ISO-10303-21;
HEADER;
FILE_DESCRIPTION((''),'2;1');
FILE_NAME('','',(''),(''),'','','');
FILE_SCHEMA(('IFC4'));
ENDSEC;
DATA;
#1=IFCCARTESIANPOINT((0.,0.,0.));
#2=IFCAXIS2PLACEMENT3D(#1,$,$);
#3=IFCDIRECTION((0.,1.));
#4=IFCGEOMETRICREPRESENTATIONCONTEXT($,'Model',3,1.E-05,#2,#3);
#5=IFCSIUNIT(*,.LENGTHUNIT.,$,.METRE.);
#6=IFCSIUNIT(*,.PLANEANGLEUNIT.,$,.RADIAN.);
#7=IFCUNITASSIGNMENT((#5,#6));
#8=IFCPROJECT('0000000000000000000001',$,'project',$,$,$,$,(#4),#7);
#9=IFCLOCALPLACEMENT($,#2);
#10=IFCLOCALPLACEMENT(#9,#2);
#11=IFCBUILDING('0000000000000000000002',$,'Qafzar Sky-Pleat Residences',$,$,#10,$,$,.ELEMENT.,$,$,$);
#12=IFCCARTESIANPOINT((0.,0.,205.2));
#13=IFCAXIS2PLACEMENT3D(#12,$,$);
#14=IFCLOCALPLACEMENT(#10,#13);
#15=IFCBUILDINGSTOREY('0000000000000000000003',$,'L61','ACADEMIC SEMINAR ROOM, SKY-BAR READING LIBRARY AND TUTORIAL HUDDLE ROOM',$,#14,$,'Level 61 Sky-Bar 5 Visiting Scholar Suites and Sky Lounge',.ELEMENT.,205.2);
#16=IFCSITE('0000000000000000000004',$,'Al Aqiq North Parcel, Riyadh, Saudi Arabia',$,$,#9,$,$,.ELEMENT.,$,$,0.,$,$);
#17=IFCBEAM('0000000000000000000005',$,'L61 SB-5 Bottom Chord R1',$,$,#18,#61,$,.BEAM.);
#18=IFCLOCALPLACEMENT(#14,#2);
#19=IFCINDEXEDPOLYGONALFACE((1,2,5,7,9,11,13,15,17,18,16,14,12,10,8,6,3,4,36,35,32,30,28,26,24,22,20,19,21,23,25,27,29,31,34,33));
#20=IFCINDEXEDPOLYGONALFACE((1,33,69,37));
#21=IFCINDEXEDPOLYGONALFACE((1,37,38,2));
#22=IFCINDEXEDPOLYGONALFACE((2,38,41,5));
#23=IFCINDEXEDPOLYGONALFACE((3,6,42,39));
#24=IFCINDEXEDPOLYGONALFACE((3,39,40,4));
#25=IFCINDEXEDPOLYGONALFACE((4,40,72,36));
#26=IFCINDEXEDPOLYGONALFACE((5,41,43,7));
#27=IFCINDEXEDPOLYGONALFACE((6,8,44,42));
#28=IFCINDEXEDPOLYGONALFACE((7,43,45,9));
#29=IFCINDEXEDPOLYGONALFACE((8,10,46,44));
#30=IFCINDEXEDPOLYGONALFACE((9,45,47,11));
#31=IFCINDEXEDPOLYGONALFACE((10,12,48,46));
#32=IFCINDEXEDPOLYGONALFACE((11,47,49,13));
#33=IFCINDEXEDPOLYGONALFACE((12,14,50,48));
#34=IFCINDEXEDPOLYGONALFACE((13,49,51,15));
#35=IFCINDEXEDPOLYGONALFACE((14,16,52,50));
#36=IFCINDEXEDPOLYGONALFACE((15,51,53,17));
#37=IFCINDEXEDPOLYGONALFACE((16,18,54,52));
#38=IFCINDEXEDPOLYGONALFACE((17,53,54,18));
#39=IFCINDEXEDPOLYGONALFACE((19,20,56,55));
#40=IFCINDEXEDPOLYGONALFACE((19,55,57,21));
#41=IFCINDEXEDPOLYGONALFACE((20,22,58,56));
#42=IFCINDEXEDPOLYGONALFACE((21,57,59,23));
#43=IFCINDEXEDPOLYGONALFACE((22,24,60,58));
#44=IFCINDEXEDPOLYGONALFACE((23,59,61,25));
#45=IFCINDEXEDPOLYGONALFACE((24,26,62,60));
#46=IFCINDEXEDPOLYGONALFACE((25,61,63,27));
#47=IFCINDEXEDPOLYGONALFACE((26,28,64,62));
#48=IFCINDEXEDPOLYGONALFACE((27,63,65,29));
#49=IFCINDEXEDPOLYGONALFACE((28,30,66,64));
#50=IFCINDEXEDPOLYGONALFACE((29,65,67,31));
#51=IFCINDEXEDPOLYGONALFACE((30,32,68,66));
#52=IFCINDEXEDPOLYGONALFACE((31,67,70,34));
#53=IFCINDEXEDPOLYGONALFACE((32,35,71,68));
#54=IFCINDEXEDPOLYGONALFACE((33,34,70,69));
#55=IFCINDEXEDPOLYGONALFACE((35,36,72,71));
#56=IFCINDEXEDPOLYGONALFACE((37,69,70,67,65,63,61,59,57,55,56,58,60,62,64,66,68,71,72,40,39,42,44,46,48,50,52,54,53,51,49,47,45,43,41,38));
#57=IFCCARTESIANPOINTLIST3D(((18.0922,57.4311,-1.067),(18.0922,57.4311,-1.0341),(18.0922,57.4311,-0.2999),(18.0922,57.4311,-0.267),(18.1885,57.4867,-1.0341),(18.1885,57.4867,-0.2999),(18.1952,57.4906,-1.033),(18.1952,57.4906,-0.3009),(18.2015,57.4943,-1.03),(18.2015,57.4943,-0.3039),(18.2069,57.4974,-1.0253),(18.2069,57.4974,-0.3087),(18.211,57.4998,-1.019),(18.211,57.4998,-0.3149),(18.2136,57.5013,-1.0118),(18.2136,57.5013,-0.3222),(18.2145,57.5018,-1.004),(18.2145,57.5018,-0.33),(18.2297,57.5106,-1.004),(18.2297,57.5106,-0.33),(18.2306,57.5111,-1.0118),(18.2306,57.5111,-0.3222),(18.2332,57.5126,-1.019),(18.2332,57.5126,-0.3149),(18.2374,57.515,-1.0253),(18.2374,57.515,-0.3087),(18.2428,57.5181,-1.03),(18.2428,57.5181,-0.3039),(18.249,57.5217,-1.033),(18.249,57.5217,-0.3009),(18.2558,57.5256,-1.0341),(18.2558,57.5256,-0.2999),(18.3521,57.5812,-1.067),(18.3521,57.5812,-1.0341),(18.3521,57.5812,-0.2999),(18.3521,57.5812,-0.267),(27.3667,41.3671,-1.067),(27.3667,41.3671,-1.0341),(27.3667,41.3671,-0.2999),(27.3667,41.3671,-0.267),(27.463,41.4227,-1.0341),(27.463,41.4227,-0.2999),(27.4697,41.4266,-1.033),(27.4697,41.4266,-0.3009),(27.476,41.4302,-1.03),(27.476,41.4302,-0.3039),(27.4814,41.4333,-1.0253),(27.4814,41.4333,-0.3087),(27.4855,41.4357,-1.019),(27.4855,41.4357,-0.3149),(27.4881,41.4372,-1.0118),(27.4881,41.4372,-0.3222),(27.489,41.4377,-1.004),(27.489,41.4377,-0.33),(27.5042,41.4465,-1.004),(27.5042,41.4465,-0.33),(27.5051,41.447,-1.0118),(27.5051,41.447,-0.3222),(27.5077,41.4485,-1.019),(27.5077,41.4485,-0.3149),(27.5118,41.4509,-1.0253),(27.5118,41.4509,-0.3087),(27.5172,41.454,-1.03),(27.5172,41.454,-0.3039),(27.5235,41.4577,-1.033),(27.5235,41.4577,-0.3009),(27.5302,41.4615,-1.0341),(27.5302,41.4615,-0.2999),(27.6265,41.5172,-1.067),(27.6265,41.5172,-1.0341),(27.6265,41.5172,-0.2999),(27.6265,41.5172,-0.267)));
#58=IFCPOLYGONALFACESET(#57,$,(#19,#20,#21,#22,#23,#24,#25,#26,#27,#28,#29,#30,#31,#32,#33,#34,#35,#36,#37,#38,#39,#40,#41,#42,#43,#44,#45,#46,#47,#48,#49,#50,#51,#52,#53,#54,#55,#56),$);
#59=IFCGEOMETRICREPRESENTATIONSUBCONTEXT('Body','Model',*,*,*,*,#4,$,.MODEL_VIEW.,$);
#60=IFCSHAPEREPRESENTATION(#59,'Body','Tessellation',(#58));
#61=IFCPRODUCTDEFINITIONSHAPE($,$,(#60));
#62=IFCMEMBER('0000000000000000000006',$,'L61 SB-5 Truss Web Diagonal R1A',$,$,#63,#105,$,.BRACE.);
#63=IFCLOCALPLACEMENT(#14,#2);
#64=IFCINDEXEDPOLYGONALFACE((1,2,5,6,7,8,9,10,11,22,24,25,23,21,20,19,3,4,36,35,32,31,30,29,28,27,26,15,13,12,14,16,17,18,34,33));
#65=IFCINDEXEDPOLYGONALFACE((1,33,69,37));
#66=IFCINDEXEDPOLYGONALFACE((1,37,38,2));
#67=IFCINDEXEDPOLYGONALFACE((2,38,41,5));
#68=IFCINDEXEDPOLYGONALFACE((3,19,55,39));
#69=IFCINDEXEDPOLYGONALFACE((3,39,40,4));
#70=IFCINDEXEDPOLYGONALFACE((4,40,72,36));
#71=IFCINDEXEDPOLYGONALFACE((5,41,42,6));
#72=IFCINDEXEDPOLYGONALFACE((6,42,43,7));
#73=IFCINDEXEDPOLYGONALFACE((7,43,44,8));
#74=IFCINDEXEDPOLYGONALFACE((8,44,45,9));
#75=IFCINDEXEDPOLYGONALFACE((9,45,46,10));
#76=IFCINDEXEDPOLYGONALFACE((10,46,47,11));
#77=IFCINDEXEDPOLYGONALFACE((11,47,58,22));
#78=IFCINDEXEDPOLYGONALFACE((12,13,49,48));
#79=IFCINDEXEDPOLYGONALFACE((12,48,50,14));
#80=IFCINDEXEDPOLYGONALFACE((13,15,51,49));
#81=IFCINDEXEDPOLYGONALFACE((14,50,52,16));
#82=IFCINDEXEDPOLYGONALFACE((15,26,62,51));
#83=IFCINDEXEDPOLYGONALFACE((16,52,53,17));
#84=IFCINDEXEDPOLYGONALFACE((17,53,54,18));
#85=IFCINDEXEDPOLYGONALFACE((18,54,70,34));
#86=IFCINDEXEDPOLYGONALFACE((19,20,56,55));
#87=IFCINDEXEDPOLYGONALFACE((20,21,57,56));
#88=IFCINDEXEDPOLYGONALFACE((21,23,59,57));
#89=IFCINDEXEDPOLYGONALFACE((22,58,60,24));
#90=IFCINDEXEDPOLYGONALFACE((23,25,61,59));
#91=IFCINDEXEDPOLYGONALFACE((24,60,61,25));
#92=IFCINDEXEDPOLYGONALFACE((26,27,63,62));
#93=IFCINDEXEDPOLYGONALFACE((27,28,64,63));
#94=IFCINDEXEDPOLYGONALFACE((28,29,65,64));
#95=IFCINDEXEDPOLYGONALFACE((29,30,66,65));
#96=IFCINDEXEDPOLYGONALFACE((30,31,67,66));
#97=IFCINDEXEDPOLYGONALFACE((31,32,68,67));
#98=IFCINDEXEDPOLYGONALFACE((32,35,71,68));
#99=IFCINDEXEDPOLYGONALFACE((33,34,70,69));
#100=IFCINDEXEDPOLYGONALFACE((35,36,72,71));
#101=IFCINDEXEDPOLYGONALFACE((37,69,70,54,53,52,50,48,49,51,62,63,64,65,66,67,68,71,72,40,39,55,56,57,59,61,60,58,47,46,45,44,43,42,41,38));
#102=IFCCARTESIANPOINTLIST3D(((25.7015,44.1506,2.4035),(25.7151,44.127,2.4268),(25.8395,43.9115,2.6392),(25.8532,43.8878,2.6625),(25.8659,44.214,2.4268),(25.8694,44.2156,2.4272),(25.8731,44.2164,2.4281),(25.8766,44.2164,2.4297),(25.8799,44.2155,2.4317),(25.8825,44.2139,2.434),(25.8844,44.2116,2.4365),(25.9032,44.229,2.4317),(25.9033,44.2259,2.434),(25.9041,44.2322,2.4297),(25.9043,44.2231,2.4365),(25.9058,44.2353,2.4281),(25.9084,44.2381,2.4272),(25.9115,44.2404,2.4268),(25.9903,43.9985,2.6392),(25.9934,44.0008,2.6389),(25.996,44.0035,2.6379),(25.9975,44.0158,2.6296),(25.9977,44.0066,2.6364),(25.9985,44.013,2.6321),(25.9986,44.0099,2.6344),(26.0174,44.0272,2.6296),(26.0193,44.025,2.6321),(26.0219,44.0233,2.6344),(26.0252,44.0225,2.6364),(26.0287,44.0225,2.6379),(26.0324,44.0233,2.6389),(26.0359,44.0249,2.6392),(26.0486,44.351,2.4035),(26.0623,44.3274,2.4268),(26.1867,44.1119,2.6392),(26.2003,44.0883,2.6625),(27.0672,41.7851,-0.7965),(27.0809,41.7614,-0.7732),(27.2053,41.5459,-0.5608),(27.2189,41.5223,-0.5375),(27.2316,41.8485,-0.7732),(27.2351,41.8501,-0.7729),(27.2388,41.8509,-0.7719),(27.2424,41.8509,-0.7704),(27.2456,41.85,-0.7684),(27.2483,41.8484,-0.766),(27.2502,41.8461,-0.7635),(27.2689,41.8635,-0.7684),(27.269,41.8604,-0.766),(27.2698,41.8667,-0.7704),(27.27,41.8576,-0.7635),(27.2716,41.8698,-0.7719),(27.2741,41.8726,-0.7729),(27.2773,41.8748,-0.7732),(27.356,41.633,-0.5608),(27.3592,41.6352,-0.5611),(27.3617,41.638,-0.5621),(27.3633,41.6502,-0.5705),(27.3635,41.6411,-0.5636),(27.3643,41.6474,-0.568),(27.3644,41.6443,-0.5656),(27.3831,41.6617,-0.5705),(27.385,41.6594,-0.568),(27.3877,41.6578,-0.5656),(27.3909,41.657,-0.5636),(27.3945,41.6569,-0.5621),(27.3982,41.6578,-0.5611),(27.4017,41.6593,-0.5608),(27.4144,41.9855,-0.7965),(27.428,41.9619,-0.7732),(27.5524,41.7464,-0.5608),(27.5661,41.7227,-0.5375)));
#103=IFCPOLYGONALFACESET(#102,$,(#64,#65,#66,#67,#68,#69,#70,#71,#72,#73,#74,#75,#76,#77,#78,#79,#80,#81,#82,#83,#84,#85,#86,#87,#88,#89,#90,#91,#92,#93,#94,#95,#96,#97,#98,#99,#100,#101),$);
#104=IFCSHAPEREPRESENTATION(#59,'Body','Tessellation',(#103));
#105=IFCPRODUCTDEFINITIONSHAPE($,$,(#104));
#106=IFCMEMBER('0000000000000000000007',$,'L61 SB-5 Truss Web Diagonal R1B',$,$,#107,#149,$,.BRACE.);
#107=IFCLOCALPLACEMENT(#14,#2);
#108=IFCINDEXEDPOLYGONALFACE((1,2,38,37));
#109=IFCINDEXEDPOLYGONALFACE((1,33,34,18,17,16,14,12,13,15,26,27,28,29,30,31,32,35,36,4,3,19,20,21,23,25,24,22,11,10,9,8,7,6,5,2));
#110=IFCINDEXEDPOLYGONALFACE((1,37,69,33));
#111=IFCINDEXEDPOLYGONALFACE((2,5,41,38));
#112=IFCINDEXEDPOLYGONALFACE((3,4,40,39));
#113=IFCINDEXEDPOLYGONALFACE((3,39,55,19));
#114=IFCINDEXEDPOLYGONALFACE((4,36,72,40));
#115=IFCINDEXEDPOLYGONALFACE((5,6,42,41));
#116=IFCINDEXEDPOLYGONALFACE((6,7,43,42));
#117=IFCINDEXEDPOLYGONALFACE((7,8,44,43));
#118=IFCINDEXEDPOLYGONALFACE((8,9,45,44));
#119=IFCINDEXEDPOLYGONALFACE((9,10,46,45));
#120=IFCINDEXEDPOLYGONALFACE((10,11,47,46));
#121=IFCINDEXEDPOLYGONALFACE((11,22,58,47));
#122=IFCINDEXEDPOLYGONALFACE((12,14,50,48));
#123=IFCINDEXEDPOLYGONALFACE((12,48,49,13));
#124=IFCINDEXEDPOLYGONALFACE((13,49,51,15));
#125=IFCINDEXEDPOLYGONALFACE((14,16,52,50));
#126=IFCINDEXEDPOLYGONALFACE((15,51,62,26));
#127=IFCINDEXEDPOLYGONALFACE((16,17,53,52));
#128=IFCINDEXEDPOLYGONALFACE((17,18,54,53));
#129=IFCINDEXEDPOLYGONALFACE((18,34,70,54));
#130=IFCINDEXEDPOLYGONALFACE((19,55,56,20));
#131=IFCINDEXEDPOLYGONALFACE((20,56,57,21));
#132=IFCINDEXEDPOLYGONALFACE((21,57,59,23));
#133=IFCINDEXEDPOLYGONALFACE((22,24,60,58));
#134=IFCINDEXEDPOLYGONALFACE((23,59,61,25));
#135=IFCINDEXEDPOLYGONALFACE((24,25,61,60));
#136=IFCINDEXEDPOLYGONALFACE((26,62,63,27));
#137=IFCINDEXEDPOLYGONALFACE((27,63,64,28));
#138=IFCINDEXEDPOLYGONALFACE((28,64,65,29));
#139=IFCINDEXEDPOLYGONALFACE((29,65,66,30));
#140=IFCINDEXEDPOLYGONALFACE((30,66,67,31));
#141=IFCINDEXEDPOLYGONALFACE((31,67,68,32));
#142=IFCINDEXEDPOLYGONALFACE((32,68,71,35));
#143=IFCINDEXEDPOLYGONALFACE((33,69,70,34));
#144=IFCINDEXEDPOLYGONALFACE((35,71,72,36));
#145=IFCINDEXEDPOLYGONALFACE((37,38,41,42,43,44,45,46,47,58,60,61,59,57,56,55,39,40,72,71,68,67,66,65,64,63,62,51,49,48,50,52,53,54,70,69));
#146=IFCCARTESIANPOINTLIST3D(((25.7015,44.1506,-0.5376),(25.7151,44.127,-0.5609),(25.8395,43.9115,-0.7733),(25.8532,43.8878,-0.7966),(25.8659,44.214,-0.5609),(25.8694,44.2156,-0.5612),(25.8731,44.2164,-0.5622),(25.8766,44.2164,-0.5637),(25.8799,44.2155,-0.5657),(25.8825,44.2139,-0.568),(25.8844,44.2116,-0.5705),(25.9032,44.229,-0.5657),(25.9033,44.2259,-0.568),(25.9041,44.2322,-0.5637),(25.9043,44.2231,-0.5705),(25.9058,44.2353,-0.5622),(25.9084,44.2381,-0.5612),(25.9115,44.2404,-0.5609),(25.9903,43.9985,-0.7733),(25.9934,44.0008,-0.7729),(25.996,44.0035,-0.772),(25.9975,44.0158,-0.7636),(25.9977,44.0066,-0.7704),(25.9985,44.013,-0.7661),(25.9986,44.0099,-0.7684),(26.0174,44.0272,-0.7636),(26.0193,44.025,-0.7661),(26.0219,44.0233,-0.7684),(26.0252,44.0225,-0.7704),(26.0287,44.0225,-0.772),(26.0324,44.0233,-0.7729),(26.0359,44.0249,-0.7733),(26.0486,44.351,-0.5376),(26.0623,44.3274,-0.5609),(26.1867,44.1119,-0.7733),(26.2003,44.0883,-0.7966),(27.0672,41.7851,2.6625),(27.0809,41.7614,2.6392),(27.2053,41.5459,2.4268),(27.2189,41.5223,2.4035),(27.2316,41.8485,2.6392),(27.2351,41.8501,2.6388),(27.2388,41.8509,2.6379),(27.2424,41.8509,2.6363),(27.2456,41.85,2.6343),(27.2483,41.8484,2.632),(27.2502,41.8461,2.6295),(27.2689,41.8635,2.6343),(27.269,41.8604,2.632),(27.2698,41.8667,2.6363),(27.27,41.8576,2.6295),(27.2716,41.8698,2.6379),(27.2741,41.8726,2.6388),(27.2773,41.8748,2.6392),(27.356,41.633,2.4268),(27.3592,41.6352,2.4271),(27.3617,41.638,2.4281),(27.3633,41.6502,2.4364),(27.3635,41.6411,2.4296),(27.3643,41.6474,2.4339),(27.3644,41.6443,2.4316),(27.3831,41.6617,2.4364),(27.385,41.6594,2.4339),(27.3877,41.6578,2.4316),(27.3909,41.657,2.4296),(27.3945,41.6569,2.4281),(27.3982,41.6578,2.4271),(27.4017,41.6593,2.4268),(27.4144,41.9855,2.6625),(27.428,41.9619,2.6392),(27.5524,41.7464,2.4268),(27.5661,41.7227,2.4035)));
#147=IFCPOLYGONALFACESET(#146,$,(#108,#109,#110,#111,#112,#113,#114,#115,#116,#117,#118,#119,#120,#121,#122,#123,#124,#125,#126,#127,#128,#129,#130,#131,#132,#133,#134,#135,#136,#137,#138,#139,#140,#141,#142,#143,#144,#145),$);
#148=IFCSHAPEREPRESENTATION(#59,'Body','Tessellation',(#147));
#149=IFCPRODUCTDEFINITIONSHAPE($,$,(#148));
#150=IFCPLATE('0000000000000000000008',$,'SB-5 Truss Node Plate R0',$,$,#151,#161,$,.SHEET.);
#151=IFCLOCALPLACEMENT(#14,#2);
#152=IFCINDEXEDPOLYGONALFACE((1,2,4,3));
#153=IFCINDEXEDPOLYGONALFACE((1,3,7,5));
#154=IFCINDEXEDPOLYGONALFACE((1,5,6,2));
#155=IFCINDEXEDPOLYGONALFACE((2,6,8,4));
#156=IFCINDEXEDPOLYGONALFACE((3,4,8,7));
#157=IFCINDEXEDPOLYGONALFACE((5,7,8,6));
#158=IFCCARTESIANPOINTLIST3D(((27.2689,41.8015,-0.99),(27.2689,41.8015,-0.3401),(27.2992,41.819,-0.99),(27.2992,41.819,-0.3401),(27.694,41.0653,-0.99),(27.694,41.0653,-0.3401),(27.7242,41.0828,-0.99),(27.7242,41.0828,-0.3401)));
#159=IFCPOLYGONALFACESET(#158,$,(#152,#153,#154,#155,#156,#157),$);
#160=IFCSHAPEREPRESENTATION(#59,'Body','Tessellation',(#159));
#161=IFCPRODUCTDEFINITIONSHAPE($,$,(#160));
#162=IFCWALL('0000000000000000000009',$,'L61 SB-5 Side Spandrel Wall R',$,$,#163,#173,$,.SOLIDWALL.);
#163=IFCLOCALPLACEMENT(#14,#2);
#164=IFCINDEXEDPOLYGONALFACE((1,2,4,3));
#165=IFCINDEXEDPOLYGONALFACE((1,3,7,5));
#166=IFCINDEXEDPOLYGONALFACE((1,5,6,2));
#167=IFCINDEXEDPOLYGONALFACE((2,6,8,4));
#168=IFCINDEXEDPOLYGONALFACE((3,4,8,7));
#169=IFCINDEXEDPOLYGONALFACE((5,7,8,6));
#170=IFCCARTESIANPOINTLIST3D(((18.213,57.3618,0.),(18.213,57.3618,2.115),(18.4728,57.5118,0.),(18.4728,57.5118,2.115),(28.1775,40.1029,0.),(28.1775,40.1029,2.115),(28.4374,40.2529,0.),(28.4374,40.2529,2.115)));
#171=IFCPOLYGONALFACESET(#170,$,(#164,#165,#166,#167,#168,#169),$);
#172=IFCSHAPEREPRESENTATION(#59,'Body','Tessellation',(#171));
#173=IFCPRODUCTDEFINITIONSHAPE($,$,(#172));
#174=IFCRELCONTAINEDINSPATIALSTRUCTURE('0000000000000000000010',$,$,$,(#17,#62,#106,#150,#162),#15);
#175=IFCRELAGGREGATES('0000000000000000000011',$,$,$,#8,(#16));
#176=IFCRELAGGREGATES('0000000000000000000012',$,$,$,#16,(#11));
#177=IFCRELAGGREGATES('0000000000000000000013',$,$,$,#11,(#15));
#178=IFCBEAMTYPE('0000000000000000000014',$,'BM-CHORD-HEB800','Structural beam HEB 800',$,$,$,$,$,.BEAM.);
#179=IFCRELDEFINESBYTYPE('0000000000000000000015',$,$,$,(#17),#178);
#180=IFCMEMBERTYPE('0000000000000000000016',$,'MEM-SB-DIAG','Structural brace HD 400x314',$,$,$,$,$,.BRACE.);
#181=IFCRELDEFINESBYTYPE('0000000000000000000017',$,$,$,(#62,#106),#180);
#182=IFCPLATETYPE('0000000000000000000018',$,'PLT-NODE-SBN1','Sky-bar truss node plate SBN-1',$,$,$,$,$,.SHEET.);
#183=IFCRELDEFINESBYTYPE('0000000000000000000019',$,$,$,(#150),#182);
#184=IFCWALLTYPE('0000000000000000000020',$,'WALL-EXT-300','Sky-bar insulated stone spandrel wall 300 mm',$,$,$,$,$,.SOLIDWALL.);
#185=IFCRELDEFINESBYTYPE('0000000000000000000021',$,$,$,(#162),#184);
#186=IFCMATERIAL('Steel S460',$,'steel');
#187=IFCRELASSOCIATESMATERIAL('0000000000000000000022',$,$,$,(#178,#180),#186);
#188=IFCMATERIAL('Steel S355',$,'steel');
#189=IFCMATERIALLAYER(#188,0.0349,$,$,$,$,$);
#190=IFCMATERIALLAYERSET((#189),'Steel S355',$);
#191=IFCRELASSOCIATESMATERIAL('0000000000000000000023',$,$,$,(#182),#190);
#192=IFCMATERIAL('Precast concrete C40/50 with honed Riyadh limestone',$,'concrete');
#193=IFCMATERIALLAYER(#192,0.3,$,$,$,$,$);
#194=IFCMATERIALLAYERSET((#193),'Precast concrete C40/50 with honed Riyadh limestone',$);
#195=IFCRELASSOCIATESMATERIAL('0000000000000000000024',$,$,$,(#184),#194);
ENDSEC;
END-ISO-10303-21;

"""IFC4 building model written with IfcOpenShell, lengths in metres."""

from ifc_helpers import new_model, si_unit, direction, frame, frame_2d, origin, origin_2d, place, context, subcontext, project, spatial, rectangle, i_section, extrude, source, transform, mapped, material, layer, layer_set, material_profile, profile_set, type_object, element, save


model = new_model("IFC4")

# Units and contexts
model_context = context("Model", 3, precision=1e-05, world=origin(), true_north=direction((0.0, 1.0)))
body_context = subcontext(model_context, "Body", "Model", "MODEL_VIEW")
ifc_project = project(units=[si_unit("LENGTHUNIT", "METRE"), si_unit("PLANEANGLEUNIT", "RADIAN")], contexts=[model_context])

# Site, building, storey
site_placement = place(None, origin())
site = spatial("IfcSite", under=ifc_project, at=site_placement, Name="Al Aqiq North Parcel, Riyadh, Saudi Arabia", CompositionType="ELEMENT", RefElevation=0.0)
building_placement = place(site_placement, origin())
building = spatial("IfcBuilding", under=site, at=building_placement, Name="Qafzar Sky-Pleat Residences", CompositionType="ELEMENT")
storey_placement = place(building_placement, frame((0.0, 0.0, 205.2)))
storey = spatial("IfcBuildingStorey", under=building, at=storey_placement, Name="L61", Description="ACADEMIC SEMINAR ROOM, SKY-BAR READING LIBRARY AND TUTORIAL HUDDLE ROOM", LongName="Level 61 Sky-Bar 5 Visiting Scholar Suites and Sky Lounge", CompositionType="ELEMENT", Elevation=205.2)

# Shared definitions
ifc_material_1 = material(Name="Steel S355", Category="steel")

# Shared definitions
ifc_material_2 = material(Name="Steel S460", Category="steel")

# Beam
ifc_material_profile_1 = material_profile(ifc_material_2, i_section(OverallWidth=0.3, OverallDepth=0.8, WebThickness=0.0176, FlangeThickness=0.033, FilletRadius=0.03, at=origin_2d()), Name="HEB 800")
ifc_profile_set_1 = profile_set([ifc_material_profile_1], Name="Steel S460")
beam_type_1 = type_object("IfcBeamType", Name="BM-CHORD-HEB800", Description="Structural beam HEB 800", PredefinedType="BEAM", material=ifc_profile_set_1)
shared_shape_1 = source(origin(), body_context, "Body", "SweptSolid", [
    extrude(i_section(OverallWidth=0.3, OverallDepth=0.8, WebThickness=0.0176, FlangeThickness=0.033, FilletRadius=0.03, at=origin_2d()), origin(), (0.0, 0.0, 1.0), 18.5491),
])
beam_1_placement = place(storey_placement, frame((27.4966, 41.4421, -0.667), z_axis=(-0.499995, 0.866028, 0.0), x_axis=(-0.866028, -0.499995, 0.0)))
element("IfcBeam", 1, at=beam_1_placement, inside=storey, type_object=beam_type_1, Name="L61 SB-5 Bottom Chord R1", PredefinedType="BEAM", context=body_context, shape_type="MappedRepresentation", body=[
    mapped(shared_shape_1, transform((0.0, 0.0, 0.0), x_axis=(1.0, 0.0, 0.0), y_axis=(0.0, 1.0, 0.0), z_axis=(0.0, 0.0, 1.0), scale=1.0)),
])

# Members
ifc_material_profile_2 = material_profile(ifc_material_2, i_section(OverallWidth=0.4009, OverallDepth=0.3989, WebThickness=0.0229, FlangeThickness=0.0359, FilletRadius=0.0149, at=origin_2d()), Name="HD 400x314")
ifc_profile_set_2 = profile_set([ifc_material_profile_2], Name="Steel S460")
member_type_1 = type_object("IfcMemberType", Name="MEM-SB-DIAG", Description="Structural brace HD 400x314", PredefinedType="BRACE", material=ifc_profile_set_2)
shared_shape_2 = source(origin(), body_context, "Body", "SweptSolid", [
    extrude(i_section(OverallWidth=0.4009, OverallDepth=0.3989, WebThickness=0.0229, FlangeThickness=0.0359, FilletRadius=0.0149, at=origin_2d()), origin(), (0.0, 0.0, 1.0), 4.2073),
])
for number, where, z_axis, x_axis, name in (
    (2, (27.3167, 41.7539, -0.667), (-0.324617, 0.562248, 0.760593), (-0.866023, -0.500004, 0.0), "L61 SB-5 Truss Web Diagonal R1A"),
    (3, (27.3167, 41.7539, 2.533), (-0.324617, 0.562248, -0.760593), (-0.866023, -0.500004, 0.0), "L61 SB-5 Truss Web Diagonal R1B"),
):
    element("IfcMember", number, at=place(storey_placement, frame(where, z_axis=z_axis, x_axis=x_axis)), inside=storey, type_object=member_type_1, Name=name, PredefinedType="BRACE", context=body_context, shape_type="MappedRepresentation", body=[
        mapped(shared_shape_2, transform((0.0, 0.0, 0.0), x_axis=(1.0, 0.0, 0.0), y_axis=(0.0, 1.0, 0.0), z_axis=(0.0, 0.0, 1.0), scale=1.0)),
    ])

# Plate
ifc_layer_1 = layer(ifc_material_1, 0.0349)
ifc_layer_set_1 = layer_set([ifc_layer_1], Name="Steel S355")
plate_type = type_object("IfcPlateType", Name="PLT-NODE-SBN1", Description="Sky-bar truss node plate SBN-1", PredefinedType="SHEET", material=ifc_layer_set_1)
shared_shape_3 = source(origin(), body_context, "Body", "SweptSolid", [
    extrude(rectangle(XDim=0.8501, YDim=0.0349, at=origin_2d()), origin(), (0.0, 0.0, 1.0), 0.6499),
])
plate_placement = place(storey_placement, frame((27.4966, 41.4421, -0.99), z_axis=(0.0, 0.0, 1.0), x_axis=(-0.5, 0.866025, 0.0)))
element("IfcPlate", 4, at=plate_placement, inside=storey, type_object=plate_type, Name="SB-5 Truss Node Plate R0", PredefinedType="SHEET", context=body_context, shape_type="MappedRepresentation", body=[
    mapped(shared_shape_3, transform((0.0, 0.0, 0.0), x_axis=(1.0, 0.0, 0.0), y_axis=(0.0, 1.0, 0.0), z_axis=(0.0, 0.0, 1.0), scale=1.0)),
])

# Wall
ifc_material_3 = material(Name="Precast concrete C40/50 with honed Riyadh limestone", Category="concrete")
ifc_layer_2 = layer(ifc_material_3, 0.3)
ifc_layer_set_2 = layer_set([ifc_layer_2], Name="Precast concrete C40/50 with honed Riyadh limestone")
wall_type_1 = type_object("IfcWallType", Name="WALL-EXT-300", Description="Sky-bar insulated stone spandrel wall 300 mm", PredefinedType="SOLIDWALL", material=ifc_layer_set_2)
wall_1_placement = place(storey_placement, frame((28.3074, 40.178, 0.0), z_axis=(0.0, 0.0, 1.0), x_axis=(-0.500003, 0.866023, 0.0)))
element("IfcWall", 5, at=wall_1_placement, inside=storey, type_object=wall_type_1, Name="L61 SB-5 Side Spandrel Wall R", PredefinedType="SOLIDWALL", context=body_context, shape_type="SweptSolid", body=[
    extrude(rectangle(XDim=19.929, YDim=0.3, at=frame_2d((9.9644, 0.0))), origin(), (0.0, 0.0, 1.0), 2.115),
])

save(model, "model.ifc")
